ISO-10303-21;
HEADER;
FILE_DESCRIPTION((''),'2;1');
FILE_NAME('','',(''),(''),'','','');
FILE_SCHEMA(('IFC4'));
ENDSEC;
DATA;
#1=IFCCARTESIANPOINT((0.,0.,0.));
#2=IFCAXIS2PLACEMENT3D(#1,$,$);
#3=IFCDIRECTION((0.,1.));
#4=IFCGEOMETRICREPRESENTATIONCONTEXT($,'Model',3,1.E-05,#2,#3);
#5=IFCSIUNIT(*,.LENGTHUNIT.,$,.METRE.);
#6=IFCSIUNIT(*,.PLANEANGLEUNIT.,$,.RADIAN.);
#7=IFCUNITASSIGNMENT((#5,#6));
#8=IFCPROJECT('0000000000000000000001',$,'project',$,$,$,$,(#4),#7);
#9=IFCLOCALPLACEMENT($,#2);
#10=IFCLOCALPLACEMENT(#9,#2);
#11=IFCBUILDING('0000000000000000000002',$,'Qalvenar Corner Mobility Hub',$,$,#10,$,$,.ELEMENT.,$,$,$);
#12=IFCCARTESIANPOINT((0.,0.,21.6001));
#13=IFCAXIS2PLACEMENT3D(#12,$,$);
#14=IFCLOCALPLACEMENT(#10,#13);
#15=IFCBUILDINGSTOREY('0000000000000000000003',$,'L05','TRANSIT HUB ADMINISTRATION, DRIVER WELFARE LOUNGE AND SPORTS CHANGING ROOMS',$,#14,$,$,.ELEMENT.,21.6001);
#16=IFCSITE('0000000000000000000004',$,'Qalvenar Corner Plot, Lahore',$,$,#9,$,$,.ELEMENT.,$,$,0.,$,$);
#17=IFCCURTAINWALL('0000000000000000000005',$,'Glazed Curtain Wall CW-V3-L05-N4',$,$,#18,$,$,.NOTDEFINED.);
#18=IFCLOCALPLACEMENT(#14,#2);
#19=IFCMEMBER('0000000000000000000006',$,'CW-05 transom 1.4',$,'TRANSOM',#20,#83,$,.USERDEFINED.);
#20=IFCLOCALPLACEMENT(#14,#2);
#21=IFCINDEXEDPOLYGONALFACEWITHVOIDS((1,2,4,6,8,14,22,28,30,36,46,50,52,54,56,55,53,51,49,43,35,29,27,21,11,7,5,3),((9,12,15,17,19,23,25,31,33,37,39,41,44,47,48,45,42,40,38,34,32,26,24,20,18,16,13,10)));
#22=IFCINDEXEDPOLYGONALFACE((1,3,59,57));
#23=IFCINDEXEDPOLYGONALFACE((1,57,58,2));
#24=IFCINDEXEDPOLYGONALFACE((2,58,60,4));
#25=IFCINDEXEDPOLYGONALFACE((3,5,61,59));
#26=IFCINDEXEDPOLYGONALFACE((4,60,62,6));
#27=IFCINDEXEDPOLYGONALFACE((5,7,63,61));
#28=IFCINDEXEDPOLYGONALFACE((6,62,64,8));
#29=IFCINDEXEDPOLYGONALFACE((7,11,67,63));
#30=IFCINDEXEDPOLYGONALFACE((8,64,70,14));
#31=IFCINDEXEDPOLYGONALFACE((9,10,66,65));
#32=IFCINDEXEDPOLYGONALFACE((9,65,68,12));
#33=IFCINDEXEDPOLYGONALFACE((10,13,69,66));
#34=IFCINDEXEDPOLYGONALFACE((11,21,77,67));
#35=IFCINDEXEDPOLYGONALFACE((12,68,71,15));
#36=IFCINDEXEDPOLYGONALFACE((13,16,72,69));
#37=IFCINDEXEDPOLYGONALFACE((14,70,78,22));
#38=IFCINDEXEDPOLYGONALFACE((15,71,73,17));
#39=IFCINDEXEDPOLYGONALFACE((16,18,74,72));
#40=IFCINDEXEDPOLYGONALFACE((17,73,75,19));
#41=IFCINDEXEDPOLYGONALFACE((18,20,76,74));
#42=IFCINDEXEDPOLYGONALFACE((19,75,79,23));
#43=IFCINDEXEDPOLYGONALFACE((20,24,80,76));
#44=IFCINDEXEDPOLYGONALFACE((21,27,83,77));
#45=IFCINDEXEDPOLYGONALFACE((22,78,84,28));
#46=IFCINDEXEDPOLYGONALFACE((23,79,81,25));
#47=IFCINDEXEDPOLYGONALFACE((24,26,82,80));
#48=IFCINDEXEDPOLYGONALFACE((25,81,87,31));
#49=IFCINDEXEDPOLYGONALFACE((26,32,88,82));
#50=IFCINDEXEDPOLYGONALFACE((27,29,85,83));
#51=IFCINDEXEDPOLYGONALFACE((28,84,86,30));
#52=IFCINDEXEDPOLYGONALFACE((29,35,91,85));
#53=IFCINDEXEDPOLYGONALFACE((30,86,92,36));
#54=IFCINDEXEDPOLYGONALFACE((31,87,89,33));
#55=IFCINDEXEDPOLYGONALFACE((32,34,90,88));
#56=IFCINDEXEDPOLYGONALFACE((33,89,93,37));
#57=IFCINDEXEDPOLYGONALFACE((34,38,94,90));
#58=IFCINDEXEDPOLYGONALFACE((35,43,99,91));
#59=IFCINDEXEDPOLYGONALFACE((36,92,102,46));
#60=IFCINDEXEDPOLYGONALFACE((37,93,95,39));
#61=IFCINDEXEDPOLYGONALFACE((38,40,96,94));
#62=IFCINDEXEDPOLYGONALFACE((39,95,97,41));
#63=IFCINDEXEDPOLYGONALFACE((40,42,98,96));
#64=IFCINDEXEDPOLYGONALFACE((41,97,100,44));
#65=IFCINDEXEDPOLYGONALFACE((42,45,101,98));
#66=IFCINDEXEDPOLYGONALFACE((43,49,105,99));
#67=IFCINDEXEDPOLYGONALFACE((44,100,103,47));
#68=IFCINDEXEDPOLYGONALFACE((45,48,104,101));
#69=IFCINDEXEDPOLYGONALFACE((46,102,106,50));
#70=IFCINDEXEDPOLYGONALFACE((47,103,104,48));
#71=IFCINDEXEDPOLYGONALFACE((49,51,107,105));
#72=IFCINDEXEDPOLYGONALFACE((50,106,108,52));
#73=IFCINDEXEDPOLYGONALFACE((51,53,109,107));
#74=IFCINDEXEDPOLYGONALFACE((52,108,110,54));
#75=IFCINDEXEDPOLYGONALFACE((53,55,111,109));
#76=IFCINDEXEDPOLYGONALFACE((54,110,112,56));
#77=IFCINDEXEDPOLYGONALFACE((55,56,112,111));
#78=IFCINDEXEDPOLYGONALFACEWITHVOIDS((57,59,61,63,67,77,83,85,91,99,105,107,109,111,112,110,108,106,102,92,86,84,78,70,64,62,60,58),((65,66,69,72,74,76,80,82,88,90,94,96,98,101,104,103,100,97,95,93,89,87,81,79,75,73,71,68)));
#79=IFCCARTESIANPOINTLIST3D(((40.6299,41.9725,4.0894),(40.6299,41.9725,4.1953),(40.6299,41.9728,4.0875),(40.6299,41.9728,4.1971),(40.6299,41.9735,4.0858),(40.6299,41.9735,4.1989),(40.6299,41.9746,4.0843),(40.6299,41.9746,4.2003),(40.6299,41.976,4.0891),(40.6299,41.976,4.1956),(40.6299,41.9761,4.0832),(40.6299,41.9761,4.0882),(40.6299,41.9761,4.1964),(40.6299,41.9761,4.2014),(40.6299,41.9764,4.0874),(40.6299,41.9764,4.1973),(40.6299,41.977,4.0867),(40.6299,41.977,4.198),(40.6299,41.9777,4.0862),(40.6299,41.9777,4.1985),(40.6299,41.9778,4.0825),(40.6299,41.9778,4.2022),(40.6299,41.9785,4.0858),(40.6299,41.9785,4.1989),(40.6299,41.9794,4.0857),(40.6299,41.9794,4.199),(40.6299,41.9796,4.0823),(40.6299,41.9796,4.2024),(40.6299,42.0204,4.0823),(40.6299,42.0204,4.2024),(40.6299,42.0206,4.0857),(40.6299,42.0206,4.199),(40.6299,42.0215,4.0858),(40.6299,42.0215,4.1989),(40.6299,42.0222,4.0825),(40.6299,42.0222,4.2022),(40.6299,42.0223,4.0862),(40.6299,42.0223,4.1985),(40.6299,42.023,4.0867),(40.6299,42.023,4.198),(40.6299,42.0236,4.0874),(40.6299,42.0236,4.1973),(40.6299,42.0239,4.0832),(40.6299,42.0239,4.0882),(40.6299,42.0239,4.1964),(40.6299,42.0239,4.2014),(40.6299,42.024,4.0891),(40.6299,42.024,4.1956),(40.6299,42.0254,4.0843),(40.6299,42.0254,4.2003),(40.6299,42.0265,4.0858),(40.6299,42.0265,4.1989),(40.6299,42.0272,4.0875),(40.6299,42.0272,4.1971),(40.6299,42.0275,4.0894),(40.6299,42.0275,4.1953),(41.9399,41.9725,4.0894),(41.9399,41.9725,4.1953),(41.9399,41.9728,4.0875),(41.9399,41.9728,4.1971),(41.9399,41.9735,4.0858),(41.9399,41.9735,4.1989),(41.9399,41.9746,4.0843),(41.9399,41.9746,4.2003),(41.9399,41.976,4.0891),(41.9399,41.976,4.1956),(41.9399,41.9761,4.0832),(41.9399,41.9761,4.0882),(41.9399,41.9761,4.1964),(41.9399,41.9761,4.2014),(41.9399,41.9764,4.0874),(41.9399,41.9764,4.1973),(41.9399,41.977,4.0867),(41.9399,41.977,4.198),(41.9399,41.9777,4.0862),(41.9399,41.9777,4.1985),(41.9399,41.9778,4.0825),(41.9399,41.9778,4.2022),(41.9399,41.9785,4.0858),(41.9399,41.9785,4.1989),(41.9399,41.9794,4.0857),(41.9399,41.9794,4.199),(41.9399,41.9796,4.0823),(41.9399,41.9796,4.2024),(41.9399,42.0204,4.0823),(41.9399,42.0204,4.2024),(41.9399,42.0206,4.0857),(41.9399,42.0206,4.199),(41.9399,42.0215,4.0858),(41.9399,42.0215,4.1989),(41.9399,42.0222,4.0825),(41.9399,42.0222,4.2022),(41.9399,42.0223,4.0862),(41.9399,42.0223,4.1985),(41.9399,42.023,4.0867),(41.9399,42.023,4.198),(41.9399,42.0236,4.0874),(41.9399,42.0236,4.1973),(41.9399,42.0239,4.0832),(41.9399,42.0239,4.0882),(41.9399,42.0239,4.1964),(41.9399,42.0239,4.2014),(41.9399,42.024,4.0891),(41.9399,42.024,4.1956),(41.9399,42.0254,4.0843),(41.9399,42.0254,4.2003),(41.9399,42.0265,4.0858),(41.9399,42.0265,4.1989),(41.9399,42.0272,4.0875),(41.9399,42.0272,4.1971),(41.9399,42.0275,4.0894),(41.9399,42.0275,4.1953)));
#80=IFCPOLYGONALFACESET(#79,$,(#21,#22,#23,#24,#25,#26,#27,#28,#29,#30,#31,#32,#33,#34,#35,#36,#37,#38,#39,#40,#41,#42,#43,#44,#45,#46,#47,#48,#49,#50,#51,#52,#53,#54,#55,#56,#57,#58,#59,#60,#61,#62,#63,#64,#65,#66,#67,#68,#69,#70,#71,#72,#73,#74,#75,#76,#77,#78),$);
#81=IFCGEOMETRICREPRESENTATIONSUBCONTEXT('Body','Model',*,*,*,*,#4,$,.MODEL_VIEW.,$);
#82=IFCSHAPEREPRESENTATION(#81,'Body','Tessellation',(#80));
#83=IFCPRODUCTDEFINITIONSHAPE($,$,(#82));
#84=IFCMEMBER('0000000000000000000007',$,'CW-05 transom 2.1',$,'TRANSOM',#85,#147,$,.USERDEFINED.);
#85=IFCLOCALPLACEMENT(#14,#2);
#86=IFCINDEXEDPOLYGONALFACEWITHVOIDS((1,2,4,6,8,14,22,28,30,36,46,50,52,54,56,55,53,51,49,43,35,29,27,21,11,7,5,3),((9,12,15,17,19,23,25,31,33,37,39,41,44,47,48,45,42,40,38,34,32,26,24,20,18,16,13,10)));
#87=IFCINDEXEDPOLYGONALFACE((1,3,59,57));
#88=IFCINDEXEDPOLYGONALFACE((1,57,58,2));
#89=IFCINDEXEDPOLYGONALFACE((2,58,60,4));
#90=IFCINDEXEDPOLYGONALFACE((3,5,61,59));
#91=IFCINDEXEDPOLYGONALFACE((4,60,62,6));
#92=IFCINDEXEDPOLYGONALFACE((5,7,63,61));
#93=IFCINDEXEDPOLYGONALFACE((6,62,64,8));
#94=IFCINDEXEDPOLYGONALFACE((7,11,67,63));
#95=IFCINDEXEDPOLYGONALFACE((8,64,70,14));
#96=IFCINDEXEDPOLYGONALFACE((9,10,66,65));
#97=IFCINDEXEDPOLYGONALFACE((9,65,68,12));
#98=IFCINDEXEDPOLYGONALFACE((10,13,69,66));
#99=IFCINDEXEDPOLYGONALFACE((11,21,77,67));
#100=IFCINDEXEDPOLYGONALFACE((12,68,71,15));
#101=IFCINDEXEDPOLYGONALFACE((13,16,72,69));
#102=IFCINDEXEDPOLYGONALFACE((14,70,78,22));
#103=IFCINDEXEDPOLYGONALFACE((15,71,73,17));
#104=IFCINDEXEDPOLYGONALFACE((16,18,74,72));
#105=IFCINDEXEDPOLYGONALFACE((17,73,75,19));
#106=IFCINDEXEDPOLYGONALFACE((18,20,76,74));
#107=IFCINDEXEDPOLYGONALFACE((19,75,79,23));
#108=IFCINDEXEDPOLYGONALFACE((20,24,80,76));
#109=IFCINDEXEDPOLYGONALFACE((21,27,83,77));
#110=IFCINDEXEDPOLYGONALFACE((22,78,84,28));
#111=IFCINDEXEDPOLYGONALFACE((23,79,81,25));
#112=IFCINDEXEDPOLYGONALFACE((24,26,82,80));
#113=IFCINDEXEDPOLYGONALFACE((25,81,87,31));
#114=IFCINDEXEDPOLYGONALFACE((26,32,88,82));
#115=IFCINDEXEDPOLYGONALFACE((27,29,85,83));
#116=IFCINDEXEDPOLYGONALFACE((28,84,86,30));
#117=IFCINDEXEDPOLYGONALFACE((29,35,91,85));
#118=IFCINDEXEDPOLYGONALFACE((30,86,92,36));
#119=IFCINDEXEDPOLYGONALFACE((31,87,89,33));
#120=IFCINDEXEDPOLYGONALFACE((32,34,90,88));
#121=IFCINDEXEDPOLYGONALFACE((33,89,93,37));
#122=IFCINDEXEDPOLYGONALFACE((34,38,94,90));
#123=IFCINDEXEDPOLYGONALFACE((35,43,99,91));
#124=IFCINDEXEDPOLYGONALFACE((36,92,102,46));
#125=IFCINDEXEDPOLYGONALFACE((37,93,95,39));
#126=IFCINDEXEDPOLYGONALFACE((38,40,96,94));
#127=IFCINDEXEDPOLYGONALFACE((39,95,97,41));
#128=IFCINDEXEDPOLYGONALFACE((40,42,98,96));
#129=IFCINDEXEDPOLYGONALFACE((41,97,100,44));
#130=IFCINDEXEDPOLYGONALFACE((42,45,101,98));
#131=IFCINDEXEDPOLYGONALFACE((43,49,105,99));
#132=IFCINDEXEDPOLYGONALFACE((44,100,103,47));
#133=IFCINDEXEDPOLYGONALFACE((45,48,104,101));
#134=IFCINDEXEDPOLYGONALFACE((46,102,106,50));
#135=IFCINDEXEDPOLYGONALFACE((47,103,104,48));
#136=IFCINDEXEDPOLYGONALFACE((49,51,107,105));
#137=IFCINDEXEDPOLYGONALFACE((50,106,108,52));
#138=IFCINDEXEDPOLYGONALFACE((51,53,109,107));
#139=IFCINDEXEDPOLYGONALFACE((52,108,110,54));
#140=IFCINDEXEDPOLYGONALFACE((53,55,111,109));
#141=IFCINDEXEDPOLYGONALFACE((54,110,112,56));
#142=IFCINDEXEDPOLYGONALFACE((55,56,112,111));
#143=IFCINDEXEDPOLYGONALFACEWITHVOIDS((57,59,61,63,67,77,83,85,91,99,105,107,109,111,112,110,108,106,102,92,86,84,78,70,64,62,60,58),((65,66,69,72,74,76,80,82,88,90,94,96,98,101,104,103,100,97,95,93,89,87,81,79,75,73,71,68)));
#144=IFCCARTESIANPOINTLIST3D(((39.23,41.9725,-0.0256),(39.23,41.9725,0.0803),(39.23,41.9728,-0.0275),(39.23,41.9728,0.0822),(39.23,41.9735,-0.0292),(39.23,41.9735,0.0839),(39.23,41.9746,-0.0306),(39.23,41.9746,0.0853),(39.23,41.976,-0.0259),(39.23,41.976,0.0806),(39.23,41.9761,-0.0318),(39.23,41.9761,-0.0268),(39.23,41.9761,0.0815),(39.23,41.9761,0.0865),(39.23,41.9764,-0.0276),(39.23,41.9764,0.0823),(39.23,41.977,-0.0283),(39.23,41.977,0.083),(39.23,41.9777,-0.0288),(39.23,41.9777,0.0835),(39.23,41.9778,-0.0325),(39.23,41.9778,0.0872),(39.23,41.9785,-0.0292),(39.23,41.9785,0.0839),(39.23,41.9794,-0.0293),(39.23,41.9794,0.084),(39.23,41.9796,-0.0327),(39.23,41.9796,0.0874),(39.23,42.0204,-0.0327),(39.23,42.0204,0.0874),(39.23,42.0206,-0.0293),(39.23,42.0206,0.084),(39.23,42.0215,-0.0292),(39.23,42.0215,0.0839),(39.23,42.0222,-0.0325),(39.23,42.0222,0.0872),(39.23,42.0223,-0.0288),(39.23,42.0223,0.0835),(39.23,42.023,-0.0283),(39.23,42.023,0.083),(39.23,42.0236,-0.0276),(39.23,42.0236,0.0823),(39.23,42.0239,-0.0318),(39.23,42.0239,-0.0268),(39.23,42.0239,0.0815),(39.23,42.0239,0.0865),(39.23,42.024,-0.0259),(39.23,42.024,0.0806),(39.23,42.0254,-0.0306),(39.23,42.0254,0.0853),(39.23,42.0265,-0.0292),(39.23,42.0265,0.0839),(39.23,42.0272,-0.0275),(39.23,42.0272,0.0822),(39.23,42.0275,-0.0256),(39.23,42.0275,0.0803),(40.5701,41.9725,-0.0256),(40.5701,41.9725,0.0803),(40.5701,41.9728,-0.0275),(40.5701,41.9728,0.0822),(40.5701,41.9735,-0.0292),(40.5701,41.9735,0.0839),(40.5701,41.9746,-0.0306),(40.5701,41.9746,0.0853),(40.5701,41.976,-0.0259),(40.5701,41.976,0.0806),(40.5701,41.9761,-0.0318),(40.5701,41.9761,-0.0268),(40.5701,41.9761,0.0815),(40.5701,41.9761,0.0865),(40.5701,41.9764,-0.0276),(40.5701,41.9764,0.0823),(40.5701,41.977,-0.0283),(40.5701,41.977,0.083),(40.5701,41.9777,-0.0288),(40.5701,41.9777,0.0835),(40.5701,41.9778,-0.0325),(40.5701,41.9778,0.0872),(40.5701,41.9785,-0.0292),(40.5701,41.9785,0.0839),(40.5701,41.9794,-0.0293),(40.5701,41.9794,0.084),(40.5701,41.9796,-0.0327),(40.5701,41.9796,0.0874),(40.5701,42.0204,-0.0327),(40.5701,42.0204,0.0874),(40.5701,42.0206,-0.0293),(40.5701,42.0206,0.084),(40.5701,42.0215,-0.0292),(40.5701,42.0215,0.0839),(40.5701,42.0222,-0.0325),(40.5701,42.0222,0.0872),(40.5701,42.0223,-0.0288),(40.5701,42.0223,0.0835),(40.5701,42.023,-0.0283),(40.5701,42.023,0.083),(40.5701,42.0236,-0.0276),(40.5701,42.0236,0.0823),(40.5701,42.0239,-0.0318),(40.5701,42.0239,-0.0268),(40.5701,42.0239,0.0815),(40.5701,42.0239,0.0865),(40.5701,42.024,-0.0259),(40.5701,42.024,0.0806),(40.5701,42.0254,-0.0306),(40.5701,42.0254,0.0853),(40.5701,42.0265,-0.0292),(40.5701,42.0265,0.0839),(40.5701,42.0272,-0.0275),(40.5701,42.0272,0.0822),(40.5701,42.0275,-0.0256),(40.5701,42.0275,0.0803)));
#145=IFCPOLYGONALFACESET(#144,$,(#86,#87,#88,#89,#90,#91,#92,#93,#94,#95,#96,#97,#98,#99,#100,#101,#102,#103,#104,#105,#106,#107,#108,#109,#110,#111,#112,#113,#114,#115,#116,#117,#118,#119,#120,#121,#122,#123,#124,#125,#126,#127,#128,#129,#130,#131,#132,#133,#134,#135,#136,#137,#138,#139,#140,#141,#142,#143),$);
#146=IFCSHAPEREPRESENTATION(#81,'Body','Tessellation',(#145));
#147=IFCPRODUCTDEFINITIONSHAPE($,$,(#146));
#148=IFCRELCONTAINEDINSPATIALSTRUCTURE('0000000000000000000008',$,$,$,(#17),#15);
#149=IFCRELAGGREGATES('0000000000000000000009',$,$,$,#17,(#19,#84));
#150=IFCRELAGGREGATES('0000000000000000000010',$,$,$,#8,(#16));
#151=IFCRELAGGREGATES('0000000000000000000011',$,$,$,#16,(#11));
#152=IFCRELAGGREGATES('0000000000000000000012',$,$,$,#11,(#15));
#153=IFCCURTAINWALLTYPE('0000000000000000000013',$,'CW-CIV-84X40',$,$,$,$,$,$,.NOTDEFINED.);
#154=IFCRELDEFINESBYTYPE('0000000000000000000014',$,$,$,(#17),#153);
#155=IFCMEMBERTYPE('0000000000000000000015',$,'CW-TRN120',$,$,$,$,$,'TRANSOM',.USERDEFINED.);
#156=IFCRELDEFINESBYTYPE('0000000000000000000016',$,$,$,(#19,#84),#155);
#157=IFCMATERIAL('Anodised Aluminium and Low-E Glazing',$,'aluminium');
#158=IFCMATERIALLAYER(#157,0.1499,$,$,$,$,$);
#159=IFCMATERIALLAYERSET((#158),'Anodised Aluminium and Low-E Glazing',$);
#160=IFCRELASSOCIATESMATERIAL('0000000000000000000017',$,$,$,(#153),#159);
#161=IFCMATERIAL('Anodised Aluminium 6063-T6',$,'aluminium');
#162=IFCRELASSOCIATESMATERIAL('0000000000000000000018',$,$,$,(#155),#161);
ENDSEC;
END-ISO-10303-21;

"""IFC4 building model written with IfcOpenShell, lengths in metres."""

from ifc_helpers import new_model, si_unit, direction, frame, origin, origin_2d, place, context, subcontext, project, spatial, hollow_rectangle, extrude, material, layer, layer_set, material_profile, profile_set, type_object, element, aggregate, save


model = new_model("IFC4")

# Units and contexts
model_context = context("Model", 3, precision=1e-05, world=origin(), true_north=direction((0.0, 1.0)))
body_context = subcontext(model_context, "Body", "Model", "MODEL_VIEW")
ifc_project = project(units=[si_unit("LENGTHUNIT", "METRE"), si_unit("PLANEANGLEUNIT", "RADIAN")], contexts=[model_context])

# Site, building, storey
site_placement = place(None, origin())
site = spatial("IfcSite", under=ifc_project, at=site_placement, Name="Qalvenar Corner Plot, Lahore", CompositionType="ELEMENT", RefElevation=0.0)
building_placement = place(site_placement, origin())
building = spatial("IfcBuilding", under=site, at=building_placement, Name="Qalvenar Corner Mobility Hub", CompositionType="ELEMENT")
storey_placement = place(building_placement, frame((0.0, 0.0, 21.6001)))
storey = spatial("IfcBuildingStorey", under=building, at=storey_placement, Name="L05", Description="TRANSIT HUB ADMINISTRATION, DRIVER WELFARE LOUNGE AND SPORTS CHANGING ROOMS", CompositionType="ELEMENT", Elevation=21.6001)

# Curtain wall, members
ifc_material_1 = material(Name="Anodised Aluminium and Low-E Glazing", Category="aluminium")
ifc_layer_1 = layer(ifc_material_1, 0.1499)
ifc_layer_set_1 = layer_set([ifc_layer_1], Name="Anodised Aluminium and Low-E Glazing")
curtain_wall_type = type_object("IfcCurtainWallType", Name="CW-CIV-84X40", PredefinedType="NOTDEFINED", material=ifc_layer_set_1)
curtain_wall_placement = place(storey_placement, origin())
curtain_wall = element("IfcCurtainWall", 1, at=curtain_wall_placement, inside=storey, type_object=curtain_wall_type, Name="Glazed Curtain Wall CW-V3-L05-N4", PredefinedType="NOTDEFINED")
ifc_material_2 = material(Name="Anodised Aluminium 6063-T6", Category="aluminium")
ifc_material_profile_1 = material_profile(ifc_material_2, hollow_rectangle(XDim=0.0549, YDim=0.1201, WallThickness=0.0034, InnerFilletRadius=0.0034, OuterFilletRadius=0.0071, at=origin_2d()), Name="RHS120x55x3.5")
ifc_profile_set_1 = profile_set([ifc_material_profile_1], Name="Anodised Aluminium 6063-T6")
member_type_1 = type_object("IfcMemberType", Name="CW-TRN120", ElementType="TRANSOM", PredefinedType="USERDEFINED", material=ifc_profile_set_1)
member_1_placement = place(storey_placement, frame((41.9399, 42.0, 4.1423), z_axis=(-1.0, 0.0, 0.0), x_axis=(0.0, -1.0, 0.0)))
member_1 = element("IfcMember", 2, at=member_1_placement, type_object=member_type_1, Name="CW-05 transom 1.4", ObjectType="TRANSOM", PredefinedType="USERDEFINED", context=body_context, shape_type="SweptSolid", body=[
    extrude(hollow_rectangle(XDim=0.0549, YDim=0.1201, WallThickness=0.0034, InnerFilletRadius=0.0034, OuterFilletRadius=0.0071, at=origin_2d()), origin(), (0.0, 0.0, 1.0), 1.3101),
])
member_2_placement = place(storey_placement, frame((40.5701, 42.0, 0.0273), z_axis=(-1.0, 0.0, 0.0), x_axis=(0.0, -1.0, 0.0)))
member_2 = element("IfcMember", 3, at=member_2_placement, type_object=member_type_1, Name="CW-05 transom 2.1", ObjectType="TRANSOM", PredefinedType="USERDEFINED", context=body_context, shape_type="SweptSolid", body=[
    extrude(hollow_rectangle(XDim=0.0549, YDim=0.1201, WallThickness=0.0034, InnerFilletRadius=0.0034, OuterFilletRadius=0.0071, at=origin_2d()), origin(), (0.0, 0.0, 1.0), 1.3401),
])
aggregate(curtain_wall, [member_1, member_2])

save(model, "model.ifc")
